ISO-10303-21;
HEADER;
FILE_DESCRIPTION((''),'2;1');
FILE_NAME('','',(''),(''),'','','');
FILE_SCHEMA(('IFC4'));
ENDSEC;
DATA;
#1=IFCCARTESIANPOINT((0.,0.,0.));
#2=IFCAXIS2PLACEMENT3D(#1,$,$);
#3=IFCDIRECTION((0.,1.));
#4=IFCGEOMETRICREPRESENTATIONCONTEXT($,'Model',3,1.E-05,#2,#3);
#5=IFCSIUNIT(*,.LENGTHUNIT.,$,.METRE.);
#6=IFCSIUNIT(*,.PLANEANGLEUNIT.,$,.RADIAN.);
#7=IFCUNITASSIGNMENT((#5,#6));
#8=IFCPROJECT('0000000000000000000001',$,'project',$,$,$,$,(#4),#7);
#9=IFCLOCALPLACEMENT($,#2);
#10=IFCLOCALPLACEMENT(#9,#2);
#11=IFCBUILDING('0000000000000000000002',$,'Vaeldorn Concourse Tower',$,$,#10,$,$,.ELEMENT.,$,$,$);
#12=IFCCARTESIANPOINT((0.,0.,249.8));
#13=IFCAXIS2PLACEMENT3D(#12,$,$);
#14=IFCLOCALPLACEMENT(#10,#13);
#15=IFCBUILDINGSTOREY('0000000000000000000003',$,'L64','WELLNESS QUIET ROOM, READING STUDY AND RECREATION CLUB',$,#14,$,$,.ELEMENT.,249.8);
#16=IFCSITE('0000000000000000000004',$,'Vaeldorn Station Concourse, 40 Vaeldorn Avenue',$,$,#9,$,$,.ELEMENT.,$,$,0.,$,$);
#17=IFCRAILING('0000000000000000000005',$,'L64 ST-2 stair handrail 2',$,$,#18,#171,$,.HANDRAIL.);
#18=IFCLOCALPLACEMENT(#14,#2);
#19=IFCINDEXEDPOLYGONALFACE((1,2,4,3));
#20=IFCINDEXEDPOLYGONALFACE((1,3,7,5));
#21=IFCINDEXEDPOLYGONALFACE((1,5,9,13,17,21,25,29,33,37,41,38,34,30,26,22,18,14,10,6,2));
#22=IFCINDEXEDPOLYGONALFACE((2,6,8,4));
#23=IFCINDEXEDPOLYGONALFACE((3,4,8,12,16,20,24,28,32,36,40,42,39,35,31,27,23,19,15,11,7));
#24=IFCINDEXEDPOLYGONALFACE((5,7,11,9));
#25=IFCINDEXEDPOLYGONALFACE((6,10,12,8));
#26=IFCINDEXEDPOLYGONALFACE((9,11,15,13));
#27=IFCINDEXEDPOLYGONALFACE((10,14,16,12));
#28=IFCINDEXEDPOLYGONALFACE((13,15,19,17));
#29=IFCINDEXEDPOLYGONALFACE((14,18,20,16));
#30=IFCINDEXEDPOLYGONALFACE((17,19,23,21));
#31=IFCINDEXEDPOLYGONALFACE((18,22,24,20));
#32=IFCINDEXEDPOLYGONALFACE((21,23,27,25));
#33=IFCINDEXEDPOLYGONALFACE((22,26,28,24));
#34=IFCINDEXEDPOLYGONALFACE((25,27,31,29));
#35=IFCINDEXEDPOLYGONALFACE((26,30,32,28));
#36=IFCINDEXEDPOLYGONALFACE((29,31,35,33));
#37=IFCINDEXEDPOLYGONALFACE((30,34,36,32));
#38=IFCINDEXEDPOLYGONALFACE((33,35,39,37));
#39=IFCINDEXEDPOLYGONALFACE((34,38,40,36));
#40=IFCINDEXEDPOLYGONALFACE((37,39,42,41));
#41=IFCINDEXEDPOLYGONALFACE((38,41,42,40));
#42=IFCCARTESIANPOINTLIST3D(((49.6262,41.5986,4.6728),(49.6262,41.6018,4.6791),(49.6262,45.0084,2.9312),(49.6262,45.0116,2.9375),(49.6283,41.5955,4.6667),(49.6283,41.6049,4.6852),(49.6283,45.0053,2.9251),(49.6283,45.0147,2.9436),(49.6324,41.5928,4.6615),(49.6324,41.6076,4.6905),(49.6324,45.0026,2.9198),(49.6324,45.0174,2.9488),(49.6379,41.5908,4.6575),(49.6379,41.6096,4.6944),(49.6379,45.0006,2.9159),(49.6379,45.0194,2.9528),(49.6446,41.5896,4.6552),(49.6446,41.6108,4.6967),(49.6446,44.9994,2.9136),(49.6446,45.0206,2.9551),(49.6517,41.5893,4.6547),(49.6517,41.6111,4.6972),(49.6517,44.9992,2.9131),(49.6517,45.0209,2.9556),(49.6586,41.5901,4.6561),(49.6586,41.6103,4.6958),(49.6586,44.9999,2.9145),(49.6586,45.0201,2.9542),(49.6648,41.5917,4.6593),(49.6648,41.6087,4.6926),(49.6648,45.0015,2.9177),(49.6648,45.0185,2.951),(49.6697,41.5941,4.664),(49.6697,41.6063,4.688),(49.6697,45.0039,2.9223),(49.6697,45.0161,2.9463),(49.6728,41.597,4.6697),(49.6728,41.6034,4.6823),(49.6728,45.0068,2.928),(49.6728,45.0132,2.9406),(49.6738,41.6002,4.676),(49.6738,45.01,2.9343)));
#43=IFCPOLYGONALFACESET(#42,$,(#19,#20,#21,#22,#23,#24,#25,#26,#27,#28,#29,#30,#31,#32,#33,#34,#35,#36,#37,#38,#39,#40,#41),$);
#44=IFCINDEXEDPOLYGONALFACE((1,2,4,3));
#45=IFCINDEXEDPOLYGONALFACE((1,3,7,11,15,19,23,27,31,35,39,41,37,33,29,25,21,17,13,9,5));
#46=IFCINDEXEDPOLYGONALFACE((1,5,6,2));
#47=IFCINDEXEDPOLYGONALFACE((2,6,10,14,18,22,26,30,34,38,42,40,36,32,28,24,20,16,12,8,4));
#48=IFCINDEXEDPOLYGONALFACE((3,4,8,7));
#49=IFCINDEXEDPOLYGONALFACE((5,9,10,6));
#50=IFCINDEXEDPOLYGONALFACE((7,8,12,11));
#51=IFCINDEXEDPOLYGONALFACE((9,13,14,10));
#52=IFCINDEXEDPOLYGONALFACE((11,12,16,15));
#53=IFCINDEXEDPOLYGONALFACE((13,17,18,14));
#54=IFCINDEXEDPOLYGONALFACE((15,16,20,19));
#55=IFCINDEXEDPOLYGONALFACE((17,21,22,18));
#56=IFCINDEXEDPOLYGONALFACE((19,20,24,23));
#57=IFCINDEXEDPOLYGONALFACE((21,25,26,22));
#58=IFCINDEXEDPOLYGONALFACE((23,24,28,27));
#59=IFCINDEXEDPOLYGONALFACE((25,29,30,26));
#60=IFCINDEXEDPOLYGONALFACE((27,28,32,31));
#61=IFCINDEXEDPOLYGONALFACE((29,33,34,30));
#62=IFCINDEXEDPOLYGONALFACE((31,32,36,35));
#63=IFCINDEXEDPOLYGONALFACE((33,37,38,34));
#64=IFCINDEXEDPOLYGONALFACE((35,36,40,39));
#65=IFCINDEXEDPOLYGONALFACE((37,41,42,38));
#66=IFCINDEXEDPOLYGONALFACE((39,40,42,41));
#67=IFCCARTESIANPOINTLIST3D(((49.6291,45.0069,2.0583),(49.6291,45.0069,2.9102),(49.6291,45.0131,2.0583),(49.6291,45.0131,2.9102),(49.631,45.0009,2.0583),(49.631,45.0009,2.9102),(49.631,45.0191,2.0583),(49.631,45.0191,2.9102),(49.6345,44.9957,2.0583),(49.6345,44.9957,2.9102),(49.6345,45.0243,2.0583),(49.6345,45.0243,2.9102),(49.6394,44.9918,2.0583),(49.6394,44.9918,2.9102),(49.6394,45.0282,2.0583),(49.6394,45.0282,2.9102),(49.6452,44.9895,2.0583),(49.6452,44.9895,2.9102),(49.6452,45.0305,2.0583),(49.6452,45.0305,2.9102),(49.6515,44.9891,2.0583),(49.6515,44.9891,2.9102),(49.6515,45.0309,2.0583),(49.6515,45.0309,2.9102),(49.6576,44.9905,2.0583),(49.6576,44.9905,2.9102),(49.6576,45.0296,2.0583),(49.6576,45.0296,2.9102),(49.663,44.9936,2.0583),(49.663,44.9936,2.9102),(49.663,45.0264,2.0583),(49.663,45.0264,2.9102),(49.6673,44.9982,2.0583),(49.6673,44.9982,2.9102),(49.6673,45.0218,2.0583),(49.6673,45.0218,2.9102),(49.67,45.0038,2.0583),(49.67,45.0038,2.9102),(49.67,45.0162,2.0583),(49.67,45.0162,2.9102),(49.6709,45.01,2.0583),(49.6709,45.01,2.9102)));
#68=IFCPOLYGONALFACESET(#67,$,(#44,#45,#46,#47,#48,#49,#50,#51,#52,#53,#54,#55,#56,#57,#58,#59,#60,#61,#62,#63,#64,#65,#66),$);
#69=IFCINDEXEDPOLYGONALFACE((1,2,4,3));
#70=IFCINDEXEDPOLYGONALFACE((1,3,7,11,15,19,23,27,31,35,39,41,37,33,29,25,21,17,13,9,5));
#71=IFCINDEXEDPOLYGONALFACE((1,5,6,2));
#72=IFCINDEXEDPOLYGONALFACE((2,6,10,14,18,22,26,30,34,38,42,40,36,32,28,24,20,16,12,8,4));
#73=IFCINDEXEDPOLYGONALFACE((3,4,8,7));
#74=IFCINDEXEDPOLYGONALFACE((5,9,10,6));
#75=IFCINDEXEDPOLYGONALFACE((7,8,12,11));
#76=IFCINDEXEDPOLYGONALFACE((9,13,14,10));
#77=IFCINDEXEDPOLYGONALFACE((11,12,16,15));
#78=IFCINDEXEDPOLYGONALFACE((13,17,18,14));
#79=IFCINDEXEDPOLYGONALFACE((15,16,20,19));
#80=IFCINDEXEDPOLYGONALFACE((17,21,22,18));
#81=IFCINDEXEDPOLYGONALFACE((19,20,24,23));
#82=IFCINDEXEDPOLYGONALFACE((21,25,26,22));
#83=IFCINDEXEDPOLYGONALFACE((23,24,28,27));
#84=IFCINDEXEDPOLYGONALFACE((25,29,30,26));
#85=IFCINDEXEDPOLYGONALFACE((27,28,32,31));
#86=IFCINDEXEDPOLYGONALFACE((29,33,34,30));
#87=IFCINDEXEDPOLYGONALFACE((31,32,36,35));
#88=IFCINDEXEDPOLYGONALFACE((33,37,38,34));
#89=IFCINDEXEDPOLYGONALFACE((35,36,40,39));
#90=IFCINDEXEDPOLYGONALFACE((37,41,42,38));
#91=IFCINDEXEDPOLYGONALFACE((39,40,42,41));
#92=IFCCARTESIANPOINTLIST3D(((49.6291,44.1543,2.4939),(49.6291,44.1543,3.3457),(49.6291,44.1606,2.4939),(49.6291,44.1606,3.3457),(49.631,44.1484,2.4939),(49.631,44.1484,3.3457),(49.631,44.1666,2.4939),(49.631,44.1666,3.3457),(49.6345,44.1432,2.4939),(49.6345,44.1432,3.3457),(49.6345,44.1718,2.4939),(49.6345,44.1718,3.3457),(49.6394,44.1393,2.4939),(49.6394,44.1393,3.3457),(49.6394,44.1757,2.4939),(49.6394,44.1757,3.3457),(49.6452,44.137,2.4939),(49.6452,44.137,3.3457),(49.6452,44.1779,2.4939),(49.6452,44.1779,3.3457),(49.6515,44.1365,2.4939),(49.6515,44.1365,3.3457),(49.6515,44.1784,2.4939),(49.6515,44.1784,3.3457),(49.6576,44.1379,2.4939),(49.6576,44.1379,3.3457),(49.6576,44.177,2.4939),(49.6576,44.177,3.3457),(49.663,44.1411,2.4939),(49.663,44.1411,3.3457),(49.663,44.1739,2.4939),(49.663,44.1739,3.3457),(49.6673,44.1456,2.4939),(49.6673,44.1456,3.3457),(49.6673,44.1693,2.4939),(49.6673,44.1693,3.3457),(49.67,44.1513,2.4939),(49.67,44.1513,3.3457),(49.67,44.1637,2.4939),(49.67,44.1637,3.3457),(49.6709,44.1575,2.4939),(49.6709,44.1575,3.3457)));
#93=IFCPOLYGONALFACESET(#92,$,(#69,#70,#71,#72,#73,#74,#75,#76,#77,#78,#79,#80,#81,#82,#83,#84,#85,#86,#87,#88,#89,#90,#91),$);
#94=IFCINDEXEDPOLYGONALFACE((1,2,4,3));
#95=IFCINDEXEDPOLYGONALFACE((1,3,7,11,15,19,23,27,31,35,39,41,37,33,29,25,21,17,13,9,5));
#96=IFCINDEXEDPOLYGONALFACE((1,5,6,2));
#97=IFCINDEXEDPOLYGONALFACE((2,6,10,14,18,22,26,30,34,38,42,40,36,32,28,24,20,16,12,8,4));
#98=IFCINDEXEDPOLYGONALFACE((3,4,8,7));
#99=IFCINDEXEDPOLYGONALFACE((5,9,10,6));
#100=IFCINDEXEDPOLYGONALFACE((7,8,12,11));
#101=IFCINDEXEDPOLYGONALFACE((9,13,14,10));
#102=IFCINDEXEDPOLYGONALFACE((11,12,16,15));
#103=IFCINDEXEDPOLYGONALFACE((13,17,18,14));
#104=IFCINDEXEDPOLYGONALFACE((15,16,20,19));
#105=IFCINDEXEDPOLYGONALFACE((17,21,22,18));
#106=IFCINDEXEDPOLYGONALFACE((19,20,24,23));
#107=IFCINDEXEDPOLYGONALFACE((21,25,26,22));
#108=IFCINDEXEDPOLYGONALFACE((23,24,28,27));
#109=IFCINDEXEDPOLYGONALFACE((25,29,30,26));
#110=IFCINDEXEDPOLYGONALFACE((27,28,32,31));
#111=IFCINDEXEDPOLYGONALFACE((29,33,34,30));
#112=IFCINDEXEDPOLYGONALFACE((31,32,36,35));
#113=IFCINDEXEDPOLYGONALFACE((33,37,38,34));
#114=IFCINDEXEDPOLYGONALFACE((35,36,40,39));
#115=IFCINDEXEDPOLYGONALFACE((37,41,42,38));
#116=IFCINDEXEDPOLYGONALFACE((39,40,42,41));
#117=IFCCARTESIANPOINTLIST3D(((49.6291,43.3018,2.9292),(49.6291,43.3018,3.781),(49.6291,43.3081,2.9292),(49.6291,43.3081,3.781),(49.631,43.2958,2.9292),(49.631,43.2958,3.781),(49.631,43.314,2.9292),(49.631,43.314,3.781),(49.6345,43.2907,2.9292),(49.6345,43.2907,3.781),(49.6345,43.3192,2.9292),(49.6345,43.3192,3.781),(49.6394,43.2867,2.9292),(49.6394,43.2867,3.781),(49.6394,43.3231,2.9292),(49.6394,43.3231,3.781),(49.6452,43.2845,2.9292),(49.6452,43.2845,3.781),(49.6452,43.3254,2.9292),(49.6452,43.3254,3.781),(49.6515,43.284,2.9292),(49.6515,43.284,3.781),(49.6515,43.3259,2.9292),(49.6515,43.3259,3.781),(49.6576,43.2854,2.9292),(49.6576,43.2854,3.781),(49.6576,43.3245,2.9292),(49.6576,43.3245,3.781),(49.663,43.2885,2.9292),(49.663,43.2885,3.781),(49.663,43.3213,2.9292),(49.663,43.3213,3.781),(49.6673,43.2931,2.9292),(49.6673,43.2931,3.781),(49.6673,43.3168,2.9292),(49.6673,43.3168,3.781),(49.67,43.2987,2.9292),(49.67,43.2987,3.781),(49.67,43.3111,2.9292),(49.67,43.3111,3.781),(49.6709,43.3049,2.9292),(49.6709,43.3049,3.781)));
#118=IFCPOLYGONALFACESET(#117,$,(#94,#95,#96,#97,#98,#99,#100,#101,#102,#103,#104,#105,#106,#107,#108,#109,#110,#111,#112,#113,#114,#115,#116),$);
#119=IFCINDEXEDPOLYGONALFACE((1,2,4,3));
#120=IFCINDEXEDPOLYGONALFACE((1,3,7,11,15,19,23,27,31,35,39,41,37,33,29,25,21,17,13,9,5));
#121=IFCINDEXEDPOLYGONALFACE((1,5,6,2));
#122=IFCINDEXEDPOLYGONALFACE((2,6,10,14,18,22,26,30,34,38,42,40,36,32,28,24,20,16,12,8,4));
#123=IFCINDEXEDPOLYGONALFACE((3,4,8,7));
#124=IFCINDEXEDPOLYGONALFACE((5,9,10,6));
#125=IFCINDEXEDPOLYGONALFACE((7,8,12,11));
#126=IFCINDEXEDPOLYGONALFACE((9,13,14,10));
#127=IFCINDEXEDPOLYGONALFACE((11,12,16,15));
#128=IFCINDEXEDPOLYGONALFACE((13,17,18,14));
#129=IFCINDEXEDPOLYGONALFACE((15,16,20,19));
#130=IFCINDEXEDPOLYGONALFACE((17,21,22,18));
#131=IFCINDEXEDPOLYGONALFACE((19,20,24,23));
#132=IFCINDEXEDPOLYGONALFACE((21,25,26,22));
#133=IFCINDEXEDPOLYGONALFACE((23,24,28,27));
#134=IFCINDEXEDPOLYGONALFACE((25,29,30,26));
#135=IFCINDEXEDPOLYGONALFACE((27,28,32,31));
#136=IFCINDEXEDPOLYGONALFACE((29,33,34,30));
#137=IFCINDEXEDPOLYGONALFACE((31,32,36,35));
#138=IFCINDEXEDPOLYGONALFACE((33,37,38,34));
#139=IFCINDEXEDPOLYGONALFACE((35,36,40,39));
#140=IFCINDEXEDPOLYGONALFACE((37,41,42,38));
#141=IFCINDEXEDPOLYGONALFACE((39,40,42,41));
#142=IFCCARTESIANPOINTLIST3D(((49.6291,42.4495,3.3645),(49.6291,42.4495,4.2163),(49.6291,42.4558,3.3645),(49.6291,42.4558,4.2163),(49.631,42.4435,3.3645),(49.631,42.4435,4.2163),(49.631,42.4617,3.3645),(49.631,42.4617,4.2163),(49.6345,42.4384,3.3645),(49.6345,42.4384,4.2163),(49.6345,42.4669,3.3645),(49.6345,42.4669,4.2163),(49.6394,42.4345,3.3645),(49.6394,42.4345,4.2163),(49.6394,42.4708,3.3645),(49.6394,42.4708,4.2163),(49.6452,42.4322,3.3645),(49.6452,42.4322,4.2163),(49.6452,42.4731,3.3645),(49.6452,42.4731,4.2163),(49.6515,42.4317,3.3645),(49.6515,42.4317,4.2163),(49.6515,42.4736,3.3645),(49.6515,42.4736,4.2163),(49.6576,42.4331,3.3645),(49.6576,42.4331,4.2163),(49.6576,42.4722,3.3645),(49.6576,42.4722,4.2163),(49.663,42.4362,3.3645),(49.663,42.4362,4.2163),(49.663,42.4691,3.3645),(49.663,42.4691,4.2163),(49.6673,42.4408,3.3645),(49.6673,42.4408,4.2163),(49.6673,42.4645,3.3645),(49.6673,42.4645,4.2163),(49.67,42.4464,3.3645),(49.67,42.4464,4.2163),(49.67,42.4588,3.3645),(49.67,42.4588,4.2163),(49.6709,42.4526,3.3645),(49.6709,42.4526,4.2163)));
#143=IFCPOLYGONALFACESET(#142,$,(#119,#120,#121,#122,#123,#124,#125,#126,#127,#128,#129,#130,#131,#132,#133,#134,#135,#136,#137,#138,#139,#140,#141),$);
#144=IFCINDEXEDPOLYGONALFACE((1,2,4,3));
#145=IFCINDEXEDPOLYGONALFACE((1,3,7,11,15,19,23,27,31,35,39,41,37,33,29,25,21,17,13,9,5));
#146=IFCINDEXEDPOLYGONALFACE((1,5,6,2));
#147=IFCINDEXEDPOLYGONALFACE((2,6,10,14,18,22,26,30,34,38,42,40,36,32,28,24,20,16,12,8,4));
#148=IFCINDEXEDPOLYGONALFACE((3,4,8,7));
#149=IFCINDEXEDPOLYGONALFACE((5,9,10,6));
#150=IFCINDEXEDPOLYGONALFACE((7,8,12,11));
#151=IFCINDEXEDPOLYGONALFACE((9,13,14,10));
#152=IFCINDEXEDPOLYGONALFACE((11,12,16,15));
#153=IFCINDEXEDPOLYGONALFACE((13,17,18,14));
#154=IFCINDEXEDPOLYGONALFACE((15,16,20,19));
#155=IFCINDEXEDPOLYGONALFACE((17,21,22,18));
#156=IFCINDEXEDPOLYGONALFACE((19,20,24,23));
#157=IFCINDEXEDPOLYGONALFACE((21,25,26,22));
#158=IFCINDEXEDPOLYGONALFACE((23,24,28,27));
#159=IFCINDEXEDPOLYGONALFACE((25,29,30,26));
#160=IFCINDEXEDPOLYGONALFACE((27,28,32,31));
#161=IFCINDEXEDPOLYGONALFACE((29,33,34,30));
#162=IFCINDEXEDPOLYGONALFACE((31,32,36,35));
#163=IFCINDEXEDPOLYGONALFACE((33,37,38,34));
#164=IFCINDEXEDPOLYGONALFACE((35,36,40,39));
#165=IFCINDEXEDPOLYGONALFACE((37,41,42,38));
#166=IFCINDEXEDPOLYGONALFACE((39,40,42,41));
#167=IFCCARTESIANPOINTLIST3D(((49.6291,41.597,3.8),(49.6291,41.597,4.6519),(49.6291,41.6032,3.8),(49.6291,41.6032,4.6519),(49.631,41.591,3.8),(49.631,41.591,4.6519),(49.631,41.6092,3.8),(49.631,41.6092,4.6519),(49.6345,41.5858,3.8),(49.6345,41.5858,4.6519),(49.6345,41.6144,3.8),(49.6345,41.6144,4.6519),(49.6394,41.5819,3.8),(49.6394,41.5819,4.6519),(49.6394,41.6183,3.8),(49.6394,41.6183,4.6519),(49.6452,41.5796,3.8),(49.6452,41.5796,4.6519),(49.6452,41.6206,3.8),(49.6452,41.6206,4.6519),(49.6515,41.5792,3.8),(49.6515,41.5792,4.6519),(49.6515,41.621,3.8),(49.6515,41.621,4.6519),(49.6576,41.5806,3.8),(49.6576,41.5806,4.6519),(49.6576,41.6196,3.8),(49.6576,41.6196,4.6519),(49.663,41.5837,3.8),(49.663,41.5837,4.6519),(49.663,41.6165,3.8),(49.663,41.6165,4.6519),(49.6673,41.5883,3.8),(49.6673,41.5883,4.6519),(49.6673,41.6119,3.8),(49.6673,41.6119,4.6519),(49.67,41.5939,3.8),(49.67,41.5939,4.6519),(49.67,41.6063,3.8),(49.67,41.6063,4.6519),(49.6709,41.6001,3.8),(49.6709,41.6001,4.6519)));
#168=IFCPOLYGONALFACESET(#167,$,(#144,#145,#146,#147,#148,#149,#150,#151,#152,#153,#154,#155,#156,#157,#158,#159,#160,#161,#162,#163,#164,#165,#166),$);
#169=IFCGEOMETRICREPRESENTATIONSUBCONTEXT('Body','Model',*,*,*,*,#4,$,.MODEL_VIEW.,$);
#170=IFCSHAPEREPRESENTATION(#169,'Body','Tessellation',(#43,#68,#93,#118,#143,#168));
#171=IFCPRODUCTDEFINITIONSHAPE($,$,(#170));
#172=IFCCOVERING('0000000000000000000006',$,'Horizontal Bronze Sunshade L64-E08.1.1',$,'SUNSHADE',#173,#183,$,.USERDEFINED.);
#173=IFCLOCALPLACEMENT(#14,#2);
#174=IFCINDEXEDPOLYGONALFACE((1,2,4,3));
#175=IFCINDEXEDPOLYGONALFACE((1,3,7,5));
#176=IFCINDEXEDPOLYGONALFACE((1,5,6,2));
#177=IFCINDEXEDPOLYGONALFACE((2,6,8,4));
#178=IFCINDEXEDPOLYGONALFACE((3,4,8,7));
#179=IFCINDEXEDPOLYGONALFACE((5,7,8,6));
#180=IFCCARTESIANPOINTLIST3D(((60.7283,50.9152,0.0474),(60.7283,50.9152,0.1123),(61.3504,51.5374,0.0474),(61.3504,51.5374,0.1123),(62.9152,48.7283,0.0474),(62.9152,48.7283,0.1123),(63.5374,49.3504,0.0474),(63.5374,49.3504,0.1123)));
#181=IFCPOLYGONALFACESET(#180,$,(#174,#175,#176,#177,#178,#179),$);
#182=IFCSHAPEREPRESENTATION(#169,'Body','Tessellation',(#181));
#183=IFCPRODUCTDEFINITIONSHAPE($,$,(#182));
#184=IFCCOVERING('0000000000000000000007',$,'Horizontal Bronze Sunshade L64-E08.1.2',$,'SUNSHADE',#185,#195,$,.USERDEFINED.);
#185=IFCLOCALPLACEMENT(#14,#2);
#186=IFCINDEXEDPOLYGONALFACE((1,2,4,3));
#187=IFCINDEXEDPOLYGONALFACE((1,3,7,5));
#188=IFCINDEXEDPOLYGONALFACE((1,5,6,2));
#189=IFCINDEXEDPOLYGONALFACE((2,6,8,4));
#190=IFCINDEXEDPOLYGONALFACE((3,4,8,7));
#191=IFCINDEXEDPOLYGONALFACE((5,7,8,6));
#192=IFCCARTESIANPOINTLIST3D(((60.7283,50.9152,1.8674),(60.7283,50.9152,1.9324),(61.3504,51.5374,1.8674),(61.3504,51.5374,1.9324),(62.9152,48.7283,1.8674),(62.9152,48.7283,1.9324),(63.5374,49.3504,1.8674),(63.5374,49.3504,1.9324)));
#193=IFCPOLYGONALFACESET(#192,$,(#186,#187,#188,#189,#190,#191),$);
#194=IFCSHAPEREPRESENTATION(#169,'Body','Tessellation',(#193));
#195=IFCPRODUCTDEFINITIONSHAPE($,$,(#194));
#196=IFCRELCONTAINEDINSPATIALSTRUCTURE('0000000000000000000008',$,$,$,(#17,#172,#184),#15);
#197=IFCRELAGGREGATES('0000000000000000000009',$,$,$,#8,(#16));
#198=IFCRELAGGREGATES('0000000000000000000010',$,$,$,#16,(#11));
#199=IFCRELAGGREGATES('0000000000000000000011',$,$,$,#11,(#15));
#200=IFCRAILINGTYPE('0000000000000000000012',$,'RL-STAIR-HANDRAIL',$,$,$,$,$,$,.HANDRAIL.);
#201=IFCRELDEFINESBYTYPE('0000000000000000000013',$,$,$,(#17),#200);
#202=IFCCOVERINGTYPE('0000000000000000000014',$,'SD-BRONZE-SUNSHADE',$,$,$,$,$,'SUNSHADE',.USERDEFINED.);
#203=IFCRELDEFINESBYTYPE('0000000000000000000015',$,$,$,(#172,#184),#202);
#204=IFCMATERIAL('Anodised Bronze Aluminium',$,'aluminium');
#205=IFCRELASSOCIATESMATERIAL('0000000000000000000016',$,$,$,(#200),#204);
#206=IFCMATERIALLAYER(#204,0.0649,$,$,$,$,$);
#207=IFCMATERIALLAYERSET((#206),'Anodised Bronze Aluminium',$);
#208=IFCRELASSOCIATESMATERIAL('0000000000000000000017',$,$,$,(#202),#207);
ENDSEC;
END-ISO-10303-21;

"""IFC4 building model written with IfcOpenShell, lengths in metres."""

from ifc_helpers import new_model, si_unit, direction, frame, origin, origin_2d, place, context, subcontext, project, spatial, rectangle, circle, extrude, source, transform, mapped, material, layer, layer_set, type_object, element, save


model = new_model("IFC4")

# Units and contexts
model_context = context("Model", 3, precision=1e-05, world=origin(), true_north=direction((0.0, 1.0)))
body_context = subcontext(model_context, "Body", "Model", "MODEL_VIEW")
ifc_project = project(units=[si_unit("LENGTHUNIT", "METRE"), si_unit("PLANEANGLEUNIT", "RADIAN")], contexts=[model_context])

# Site, building, storey
site_placement = place(None, origin())
site = spatial("IfcSite", under=ifc_project, at=site_placement, Name="Vaeldorn Station Concourse, 40 Vaeldorn Avenue", CompositionType="ELEMENT", RefElevation=0.0)
building_placement = place(site_placement, origin())
building = spatial("IfcBuilding", under=site, at=building_placement, Name="Vaeldorn Concourse Tower", CompositionType="ELEMENT")
storey_placement = place(building_placement, frame((0.0, 0.0, 249.8)))
storey = spatial("IfcBuildingStorey", under=building, at=storey_placement, Name="L64", Description="WELLNESS QUIET ROOM, READING STUDY AND RECREATION CLUB", CompositionType="ELEMENT", Elevation=249.8)

# Shared definitions
ifc_material_1 = material(Name="Anodised Bronze Aluminium", Category="aluminium")

# Railing
railing_type_1 = type_object("IfcRailingType", Name="RL-STAIR-HANDRAIL", PredefinedType="HANDRAIL", material=ifc_material_1)
railing_1_placement = place(storey_placement, frame((49.6499, 45.01, 2.0583)))
element("IfcRailing", 1, at=railing_1_placement, inside=storey, type_object=railing_type_1, Name="L64 ST-2 stair handrail 2", PredefinedType="HANDRAIL", context=body_context, shape_type="SweptSolid", body=[
    extrude(circle(Radius=0.0239, at=origin_2d()), frame((0.0, 0.0, 0.876), z_axis=(0.0, -0.890556, 0.454874), x_axis=(1.0, 0.0, 0.0)), (0.0, 0.0, 1.0), 3.8289),
    extrude(circle(Radius=0.021, at=origin_2d()), origin(), (0.0, 0.0, 1.0), 0.8518),
    extrude(circle(Radius=0.021, at=origin_2d()), frame((0.0, -0.8525, 0.4355)), (0.0, 0.0, 1.0), 0.8518),
    extrude(circle(Radius=0.021, at=origin_2d()), frame((0.0, -1.7051, 0.8708)), (0.0, 0.0, 1.0), 0.8518),
    extrude(circle(Radius=0.021, at=origin_2d()), frame((0.0, -2.5574, 1.3062)), (0.0, 0.0, 1.0), 0.8518),
    extrude(circle(Radius=0.021, at=origin_2d()), frame((0.0, -3.4099, 1.7417)), (0.0, 0.0, 1.0), 0.8518),
])

# Coverings
ifc_layer_1 = layer(ifc_material_1, 0.0649)
ifc_layer_set_1 = layer_set([ifc_layer_1], Name="Anodised Bronze Aluminium")
covering_type = type_object("IfcCoveringType", Name="SD-BRONZE-SUNSHADE", ElementType="SUNSHADE", PredefinedType="USERDEFINED", material=ifc_layer_set_1)
shared_shape_1 = source(origin(), body_context, "Body", "SweptSolid", [
    extrude(rectangle(XDim=3.0928, YDim=0.8799, at=origin_2d()), origin(), (0.0, 0.0, 1.0), 0.0649),
])
for number, where, z_axis, x_axis, name in (
    (2, (62.1328, 50.1328, 0.0474), (0.0, 0.0, 1.0), (-0.707107, 0.707107, 0.0), "Horizontal Bronze Sunshade L64-E08.1.1"),
    (3, (62.1328, 50.1328, 1.8674), (0.0, 0.0, 1.0), (-0.707107, 0.707107, 0.0), "Horizontal Bronze Sunshade L64-E08.1.2"),
):
    element("IfcCovering", number, at=place(storey_placement, frame(where, z_axis=z_axis, x_axis=x_axis)), inside=storey, type_object=covering_type, Name=name, ObjectType="SUNSHADE", PredefinedType="USERDEFINED", context=body_context, shape_type="MappedRepresentation", body=[
        mapped(shared_shape_1, transform((0.0, 0.0, 0.0), scale=1.0)),
    ])

save(model, "model.ifc")
